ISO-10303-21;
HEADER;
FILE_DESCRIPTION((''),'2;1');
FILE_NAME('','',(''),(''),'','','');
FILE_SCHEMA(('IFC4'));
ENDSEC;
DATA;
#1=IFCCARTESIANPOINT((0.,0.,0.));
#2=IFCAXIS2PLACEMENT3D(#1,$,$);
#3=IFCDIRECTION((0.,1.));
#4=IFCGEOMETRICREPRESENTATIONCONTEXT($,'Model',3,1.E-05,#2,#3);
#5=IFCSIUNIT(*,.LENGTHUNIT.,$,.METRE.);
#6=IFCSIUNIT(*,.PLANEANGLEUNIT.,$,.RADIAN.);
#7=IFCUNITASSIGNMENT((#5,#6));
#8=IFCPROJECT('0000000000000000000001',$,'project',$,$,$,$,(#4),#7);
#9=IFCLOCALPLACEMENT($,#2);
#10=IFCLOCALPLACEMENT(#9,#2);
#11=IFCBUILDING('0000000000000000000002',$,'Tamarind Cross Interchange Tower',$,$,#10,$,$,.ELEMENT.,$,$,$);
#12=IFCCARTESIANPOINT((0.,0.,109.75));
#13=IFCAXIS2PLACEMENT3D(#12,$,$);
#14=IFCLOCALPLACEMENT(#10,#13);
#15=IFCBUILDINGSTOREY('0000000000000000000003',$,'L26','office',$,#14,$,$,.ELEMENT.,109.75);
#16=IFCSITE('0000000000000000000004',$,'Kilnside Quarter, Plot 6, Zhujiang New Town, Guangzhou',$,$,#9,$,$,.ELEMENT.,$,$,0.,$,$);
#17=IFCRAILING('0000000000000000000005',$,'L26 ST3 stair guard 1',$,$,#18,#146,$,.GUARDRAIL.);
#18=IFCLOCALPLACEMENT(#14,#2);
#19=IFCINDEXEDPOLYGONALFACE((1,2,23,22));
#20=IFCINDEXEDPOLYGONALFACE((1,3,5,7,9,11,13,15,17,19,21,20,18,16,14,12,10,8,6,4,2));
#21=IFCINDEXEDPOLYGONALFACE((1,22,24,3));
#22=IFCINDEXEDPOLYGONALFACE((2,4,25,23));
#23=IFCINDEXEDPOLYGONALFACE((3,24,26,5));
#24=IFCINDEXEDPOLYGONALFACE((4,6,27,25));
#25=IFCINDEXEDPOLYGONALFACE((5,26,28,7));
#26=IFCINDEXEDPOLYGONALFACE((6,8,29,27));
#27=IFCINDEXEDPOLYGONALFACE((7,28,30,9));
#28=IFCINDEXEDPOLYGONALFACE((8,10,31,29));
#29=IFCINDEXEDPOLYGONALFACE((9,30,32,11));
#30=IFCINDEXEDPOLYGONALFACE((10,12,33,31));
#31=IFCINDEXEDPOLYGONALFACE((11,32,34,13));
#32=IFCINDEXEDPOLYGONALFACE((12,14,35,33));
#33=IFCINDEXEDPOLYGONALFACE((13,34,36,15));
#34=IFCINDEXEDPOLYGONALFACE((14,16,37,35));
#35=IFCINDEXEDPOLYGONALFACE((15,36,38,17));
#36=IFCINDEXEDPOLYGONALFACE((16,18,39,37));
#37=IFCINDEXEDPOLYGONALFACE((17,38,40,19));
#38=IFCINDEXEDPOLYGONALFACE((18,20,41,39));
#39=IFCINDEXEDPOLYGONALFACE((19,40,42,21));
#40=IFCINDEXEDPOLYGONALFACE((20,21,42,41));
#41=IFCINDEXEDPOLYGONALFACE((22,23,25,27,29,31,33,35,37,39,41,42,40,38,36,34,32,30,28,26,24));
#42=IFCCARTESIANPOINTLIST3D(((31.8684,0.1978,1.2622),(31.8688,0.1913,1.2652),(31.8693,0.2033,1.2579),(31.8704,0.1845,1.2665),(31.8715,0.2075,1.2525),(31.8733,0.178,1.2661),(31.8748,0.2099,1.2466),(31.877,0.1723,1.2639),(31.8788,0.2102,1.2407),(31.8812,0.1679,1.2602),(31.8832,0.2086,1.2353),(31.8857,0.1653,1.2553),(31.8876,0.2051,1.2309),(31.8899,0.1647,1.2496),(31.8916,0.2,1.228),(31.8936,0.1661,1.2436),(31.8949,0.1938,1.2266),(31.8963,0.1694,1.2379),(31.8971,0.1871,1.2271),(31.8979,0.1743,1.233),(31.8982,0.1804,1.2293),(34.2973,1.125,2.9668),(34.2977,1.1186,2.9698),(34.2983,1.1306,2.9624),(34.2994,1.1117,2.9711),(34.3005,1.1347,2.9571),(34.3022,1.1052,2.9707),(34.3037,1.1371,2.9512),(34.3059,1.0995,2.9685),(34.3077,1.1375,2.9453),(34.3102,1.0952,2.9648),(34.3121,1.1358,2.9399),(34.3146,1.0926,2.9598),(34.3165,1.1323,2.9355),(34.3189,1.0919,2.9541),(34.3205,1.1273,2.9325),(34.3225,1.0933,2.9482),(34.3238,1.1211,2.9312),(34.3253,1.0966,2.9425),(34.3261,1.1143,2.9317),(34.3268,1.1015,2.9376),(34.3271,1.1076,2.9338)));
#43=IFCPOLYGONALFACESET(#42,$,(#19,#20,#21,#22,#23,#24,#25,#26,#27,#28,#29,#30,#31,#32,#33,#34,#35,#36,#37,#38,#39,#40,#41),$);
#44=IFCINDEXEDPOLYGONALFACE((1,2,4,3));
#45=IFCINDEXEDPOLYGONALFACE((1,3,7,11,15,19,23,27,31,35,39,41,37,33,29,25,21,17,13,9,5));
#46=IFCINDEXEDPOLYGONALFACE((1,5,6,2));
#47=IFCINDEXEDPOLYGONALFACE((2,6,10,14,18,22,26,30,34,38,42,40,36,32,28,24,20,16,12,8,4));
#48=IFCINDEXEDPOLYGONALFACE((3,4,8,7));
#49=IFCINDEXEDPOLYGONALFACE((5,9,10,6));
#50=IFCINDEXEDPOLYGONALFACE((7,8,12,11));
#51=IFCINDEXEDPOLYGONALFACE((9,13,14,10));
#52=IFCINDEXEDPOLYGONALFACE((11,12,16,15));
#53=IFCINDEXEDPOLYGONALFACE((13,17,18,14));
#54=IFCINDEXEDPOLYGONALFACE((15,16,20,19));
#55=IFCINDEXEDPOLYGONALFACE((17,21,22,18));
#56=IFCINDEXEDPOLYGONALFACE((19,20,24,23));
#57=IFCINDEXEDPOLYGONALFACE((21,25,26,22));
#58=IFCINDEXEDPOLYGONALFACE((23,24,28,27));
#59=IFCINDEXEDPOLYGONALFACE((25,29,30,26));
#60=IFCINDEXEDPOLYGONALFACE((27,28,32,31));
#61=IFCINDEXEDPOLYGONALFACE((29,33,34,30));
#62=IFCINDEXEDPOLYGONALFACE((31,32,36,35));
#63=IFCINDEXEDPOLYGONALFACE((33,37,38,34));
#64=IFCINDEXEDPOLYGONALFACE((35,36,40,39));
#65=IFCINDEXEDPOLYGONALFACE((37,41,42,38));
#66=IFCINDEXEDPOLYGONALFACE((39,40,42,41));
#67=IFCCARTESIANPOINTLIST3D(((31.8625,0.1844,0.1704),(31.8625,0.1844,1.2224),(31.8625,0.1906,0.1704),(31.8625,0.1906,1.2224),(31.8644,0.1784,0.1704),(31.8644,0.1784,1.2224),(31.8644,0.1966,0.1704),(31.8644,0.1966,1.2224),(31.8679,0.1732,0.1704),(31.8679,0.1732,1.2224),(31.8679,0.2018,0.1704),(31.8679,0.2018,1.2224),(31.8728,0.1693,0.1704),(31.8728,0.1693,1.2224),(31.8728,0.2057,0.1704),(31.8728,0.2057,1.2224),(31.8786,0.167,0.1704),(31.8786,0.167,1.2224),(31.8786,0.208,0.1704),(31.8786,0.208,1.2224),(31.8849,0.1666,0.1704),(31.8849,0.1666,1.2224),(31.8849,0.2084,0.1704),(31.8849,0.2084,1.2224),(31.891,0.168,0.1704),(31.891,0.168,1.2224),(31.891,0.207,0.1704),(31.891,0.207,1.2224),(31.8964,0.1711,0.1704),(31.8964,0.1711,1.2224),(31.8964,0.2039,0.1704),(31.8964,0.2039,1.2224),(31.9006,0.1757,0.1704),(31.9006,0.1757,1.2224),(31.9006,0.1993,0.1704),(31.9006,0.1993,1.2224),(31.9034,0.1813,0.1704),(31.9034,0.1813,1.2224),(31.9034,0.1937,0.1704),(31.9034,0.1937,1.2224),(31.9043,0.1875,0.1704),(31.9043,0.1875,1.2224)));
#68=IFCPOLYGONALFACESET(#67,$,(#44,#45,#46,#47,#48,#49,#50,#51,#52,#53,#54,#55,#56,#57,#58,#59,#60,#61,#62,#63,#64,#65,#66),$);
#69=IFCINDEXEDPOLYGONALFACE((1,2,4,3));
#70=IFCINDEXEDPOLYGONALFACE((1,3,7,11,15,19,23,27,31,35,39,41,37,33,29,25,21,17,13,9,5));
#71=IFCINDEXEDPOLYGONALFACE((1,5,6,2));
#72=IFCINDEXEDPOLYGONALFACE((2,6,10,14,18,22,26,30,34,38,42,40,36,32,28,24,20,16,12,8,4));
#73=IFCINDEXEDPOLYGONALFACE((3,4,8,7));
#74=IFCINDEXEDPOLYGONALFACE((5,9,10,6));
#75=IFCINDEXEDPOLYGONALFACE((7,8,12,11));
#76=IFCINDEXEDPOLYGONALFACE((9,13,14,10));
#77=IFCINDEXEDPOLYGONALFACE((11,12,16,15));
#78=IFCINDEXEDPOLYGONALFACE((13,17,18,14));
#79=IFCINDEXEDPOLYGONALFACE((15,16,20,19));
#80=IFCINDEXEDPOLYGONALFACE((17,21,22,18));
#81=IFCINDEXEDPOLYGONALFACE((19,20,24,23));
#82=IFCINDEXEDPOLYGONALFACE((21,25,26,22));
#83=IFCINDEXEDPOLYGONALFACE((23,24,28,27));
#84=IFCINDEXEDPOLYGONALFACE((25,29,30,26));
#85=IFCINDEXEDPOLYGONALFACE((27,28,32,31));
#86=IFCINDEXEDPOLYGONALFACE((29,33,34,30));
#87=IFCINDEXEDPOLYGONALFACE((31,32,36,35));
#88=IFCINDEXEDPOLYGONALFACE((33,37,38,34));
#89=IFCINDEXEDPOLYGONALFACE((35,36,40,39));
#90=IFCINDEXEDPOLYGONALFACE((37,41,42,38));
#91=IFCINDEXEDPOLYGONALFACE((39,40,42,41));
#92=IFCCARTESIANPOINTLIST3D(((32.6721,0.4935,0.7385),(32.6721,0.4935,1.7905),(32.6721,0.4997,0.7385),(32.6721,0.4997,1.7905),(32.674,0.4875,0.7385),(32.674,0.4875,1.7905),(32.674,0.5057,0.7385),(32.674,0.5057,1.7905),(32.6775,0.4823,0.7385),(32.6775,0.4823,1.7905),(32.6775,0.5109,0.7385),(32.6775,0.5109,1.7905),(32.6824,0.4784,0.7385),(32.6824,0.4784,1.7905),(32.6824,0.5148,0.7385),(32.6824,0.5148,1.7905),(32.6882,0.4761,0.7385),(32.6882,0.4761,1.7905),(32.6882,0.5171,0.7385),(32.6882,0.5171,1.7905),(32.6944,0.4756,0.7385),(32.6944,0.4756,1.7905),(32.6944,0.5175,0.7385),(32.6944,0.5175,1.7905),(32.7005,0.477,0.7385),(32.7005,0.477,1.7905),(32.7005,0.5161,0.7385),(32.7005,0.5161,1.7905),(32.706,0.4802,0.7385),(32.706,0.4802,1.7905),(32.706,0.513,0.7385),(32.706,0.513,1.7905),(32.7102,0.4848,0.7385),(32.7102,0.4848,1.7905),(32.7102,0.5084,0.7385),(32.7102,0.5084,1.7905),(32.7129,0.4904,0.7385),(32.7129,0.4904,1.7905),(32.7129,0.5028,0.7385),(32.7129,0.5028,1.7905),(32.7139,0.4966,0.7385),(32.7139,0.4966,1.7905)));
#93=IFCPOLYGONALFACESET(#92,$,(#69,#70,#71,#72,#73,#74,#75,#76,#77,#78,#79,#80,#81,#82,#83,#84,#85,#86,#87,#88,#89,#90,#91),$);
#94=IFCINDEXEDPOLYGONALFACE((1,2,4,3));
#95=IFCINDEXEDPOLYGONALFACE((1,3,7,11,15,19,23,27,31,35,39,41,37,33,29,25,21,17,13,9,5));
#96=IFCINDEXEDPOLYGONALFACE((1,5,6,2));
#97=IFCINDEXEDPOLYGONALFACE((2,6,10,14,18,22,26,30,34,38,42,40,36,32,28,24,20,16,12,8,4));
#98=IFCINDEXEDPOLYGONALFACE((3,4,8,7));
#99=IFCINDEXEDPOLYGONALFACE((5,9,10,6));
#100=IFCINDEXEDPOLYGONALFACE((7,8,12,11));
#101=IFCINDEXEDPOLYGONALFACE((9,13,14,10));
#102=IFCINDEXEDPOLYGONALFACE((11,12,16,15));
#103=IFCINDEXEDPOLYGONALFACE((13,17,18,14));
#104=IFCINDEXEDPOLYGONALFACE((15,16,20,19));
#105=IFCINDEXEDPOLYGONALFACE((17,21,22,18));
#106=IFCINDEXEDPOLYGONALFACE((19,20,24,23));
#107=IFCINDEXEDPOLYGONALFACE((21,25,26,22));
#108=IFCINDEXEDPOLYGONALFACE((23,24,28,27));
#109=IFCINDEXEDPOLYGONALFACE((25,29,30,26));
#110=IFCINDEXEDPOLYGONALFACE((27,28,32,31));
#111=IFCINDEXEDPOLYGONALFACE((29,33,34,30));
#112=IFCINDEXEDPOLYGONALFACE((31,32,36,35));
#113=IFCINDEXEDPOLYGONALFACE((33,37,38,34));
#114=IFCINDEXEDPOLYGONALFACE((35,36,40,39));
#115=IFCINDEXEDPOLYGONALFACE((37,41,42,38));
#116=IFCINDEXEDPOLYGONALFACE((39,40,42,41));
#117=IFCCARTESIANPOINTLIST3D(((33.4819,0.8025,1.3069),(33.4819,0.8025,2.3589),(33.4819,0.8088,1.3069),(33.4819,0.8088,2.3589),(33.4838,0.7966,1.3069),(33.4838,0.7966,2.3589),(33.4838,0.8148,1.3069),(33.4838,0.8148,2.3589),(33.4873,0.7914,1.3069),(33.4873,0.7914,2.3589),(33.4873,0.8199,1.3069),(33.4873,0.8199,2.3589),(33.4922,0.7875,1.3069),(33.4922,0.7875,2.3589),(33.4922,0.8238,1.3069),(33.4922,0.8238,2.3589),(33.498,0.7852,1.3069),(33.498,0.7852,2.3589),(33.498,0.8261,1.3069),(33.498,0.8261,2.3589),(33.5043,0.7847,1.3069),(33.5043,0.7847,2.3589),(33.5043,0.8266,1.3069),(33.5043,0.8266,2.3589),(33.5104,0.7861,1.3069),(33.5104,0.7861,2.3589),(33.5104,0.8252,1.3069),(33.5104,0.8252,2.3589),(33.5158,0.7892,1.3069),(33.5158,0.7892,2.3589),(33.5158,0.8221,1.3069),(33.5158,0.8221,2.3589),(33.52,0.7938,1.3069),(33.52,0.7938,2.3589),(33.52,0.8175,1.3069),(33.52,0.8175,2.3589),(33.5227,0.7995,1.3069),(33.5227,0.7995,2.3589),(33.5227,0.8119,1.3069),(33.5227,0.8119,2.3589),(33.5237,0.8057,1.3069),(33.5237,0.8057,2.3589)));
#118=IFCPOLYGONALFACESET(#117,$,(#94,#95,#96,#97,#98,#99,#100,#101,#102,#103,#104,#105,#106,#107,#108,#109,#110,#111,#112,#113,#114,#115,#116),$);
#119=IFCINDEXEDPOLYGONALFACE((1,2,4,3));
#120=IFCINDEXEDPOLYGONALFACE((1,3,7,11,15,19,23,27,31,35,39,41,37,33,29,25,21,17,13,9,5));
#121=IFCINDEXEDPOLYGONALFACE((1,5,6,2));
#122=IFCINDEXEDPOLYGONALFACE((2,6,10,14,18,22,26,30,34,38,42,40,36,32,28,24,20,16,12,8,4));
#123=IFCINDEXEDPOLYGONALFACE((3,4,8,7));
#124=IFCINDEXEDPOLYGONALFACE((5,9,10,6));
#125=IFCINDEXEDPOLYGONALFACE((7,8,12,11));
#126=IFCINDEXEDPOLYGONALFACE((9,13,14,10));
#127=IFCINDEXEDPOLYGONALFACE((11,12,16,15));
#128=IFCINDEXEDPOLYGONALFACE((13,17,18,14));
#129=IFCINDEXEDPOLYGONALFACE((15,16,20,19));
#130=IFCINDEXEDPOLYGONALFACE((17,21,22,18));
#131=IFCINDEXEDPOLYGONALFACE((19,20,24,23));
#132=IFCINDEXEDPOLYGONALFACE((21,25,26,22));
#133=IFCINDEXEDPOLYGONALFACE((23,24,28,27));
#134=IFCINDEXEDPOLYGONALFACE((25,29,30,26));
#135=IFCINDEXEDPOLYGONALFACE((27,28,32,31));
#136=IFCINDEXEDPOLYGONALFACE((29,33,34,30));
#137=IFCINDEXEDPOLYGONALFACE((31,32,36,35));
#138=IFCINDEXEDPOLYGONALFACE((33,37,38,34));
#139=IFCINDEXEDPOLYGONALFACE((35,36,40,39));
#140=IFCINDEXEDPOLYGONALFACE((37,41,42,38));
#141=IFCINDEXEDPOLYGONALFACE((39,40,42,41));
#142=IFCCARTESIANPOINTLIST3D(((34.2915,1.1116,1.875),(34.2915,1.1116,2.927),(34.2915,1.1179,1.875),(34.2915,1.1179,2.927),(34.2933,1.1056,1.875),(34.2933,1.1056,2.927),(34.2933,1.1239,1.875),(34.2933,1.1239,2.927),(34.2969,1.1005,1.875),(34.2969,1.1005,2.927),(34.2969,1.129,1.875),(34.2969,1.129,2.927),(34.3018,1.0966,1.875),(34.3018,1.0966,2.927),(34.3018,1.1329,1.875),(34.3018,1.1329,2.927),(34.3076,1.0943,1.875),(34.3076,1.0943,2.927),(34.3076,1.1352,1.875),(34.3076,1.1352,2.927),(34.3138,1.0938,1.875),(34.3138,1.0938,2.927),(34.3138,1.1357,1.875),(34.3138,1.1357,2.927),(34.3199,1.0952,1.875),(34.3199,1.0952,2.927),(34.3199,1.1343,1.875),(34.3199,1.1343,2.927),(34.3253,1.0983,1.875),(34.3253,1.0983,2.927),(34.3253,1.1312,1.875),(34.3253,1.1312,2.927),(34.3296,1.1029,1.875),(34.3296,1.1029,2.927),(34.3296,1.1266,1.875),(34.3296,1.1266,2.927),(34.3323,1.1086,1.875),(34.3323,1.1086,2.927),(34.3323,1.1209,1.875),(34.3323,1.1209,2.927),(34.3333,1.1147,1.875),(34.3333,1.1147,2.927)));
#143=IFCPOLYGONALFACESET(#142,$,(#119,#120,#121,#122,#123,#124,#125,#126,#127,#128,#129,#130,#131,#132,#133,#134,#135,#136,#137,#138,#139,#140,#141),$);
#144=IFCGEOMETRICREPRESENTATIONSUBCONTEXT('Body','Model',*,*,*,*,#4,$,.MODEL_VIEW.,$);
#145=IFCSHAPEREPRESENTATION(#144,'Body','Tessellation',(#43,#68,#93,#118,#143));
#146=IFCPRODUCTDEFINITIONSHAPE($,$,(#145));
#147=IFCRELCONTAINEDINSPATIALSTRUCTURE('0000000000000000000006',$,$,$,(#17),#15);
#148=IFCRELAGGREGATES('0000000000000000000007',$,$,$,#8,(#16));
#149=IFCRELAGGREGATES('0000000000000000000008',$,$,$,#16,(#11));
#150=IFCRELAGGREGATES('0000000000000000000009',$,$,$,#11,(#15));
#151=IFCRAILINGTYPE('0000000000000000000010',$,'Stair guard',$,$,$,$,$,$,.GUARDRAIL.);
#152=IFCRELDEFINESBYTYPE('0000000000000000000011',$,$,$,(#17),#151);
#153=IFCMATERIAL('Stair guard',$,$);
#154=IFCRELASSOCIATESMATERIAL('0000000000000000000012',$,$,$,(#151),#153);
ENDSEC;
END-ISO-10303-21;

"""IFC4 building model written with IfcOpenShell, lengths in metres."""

from ifc_helpers import new_model, si_unit, direction, frame, origin, origin_2d, place, context, subcontext, project, spatial, circle, extrude, material, type_object, element, save


model = new_model("IFC4")

# Units and contexts
model_context = context("Model", 3, precision=1e-05, world=origin(), true_north=direction((0.0, 1.0)))
body_context = subcontext(model_context, "Body", "Model", "MODEL_VIEW")
ifc_project = project(units=[si_unit("LENGTHUNIT", "METRE"), si_unit("PLANEANGLEUNIT", "RADIAN")], contexts=[model_context])

# Site, building, storey
site_placement = place(None, origin())
site = spatial("IfcSite", under=ifc_project, at=site_placement, Name="Kilnside Quarter, Plot 6, Zhujiang New Town, Guangzhou", CompositionType="ELEMENT", RefElevation=0.0)
building_placement = place(site_placement, origin())
building = spatial("IfcBuilding", under=site, at=building_placement, Name="Tamarind Cross Interchange Tower", CompositionType="ELEMENT")
storey_placement = place(building_placement, frame((0.0, 0.0, 109.75)))
storey = spatial("IfcBuildingStorey", under=building, at=storey_placement, Name="L26", Description="office", CompositionType="ELEMENT", Elevation=109.75)

# Railing
ifc_material_1 = material(Name="Stair guard")
railing_type_1 = type_object("IfcRailingType", Name="Stair guard", PredefinedType="GUARDRAIL", material=ifc_material_1)
railing_1_placement = place(storey_placement, frame((31.8833, 0.1875, 0.1704)))
element("IfcRailing", 1, at=railing_1_placement, inside=storey, type_object=railing_type_1, Name="L26 ST3 stair guard 1", PredefinedType="GUARDRAIL", context=body_context, shape_type="SweptSolid", body=[
    extrude(circle(Radius=0.0239, at=origin_2d()), frame((0.0, 0.0, 1.0762), z_axis=(0.781292, 0.298256, 0.548294), x_axis=(-0.356643, 0.934241, 0.0)), (0.0, 0.0, 1.0), 3.1089),
    extrude(circle(Radius=0.021, at=origin_2d()), origin(), (0.0, 0.0, 1.0), 1.052),
    extrude(circle(Radius=0.021, at=origin_2d()), frame((0.8096, 0.3091, 0.5681)), (0.0, 0.0, 1.0), 1.052),
    extrude(circle(Radius=0.021, at=origin_2d()), frame((1.6194, 0.6182, 1.1365)), (0.0, 0.0, 1.0), 1.052),
    extrude(circle(Radius=0.021, at=origin_2d()), frame((2.429, 0.9272, 1.7046)), (0.0, 0.0, 1.0), 1.052),
])

save(model, "model.ifc")
